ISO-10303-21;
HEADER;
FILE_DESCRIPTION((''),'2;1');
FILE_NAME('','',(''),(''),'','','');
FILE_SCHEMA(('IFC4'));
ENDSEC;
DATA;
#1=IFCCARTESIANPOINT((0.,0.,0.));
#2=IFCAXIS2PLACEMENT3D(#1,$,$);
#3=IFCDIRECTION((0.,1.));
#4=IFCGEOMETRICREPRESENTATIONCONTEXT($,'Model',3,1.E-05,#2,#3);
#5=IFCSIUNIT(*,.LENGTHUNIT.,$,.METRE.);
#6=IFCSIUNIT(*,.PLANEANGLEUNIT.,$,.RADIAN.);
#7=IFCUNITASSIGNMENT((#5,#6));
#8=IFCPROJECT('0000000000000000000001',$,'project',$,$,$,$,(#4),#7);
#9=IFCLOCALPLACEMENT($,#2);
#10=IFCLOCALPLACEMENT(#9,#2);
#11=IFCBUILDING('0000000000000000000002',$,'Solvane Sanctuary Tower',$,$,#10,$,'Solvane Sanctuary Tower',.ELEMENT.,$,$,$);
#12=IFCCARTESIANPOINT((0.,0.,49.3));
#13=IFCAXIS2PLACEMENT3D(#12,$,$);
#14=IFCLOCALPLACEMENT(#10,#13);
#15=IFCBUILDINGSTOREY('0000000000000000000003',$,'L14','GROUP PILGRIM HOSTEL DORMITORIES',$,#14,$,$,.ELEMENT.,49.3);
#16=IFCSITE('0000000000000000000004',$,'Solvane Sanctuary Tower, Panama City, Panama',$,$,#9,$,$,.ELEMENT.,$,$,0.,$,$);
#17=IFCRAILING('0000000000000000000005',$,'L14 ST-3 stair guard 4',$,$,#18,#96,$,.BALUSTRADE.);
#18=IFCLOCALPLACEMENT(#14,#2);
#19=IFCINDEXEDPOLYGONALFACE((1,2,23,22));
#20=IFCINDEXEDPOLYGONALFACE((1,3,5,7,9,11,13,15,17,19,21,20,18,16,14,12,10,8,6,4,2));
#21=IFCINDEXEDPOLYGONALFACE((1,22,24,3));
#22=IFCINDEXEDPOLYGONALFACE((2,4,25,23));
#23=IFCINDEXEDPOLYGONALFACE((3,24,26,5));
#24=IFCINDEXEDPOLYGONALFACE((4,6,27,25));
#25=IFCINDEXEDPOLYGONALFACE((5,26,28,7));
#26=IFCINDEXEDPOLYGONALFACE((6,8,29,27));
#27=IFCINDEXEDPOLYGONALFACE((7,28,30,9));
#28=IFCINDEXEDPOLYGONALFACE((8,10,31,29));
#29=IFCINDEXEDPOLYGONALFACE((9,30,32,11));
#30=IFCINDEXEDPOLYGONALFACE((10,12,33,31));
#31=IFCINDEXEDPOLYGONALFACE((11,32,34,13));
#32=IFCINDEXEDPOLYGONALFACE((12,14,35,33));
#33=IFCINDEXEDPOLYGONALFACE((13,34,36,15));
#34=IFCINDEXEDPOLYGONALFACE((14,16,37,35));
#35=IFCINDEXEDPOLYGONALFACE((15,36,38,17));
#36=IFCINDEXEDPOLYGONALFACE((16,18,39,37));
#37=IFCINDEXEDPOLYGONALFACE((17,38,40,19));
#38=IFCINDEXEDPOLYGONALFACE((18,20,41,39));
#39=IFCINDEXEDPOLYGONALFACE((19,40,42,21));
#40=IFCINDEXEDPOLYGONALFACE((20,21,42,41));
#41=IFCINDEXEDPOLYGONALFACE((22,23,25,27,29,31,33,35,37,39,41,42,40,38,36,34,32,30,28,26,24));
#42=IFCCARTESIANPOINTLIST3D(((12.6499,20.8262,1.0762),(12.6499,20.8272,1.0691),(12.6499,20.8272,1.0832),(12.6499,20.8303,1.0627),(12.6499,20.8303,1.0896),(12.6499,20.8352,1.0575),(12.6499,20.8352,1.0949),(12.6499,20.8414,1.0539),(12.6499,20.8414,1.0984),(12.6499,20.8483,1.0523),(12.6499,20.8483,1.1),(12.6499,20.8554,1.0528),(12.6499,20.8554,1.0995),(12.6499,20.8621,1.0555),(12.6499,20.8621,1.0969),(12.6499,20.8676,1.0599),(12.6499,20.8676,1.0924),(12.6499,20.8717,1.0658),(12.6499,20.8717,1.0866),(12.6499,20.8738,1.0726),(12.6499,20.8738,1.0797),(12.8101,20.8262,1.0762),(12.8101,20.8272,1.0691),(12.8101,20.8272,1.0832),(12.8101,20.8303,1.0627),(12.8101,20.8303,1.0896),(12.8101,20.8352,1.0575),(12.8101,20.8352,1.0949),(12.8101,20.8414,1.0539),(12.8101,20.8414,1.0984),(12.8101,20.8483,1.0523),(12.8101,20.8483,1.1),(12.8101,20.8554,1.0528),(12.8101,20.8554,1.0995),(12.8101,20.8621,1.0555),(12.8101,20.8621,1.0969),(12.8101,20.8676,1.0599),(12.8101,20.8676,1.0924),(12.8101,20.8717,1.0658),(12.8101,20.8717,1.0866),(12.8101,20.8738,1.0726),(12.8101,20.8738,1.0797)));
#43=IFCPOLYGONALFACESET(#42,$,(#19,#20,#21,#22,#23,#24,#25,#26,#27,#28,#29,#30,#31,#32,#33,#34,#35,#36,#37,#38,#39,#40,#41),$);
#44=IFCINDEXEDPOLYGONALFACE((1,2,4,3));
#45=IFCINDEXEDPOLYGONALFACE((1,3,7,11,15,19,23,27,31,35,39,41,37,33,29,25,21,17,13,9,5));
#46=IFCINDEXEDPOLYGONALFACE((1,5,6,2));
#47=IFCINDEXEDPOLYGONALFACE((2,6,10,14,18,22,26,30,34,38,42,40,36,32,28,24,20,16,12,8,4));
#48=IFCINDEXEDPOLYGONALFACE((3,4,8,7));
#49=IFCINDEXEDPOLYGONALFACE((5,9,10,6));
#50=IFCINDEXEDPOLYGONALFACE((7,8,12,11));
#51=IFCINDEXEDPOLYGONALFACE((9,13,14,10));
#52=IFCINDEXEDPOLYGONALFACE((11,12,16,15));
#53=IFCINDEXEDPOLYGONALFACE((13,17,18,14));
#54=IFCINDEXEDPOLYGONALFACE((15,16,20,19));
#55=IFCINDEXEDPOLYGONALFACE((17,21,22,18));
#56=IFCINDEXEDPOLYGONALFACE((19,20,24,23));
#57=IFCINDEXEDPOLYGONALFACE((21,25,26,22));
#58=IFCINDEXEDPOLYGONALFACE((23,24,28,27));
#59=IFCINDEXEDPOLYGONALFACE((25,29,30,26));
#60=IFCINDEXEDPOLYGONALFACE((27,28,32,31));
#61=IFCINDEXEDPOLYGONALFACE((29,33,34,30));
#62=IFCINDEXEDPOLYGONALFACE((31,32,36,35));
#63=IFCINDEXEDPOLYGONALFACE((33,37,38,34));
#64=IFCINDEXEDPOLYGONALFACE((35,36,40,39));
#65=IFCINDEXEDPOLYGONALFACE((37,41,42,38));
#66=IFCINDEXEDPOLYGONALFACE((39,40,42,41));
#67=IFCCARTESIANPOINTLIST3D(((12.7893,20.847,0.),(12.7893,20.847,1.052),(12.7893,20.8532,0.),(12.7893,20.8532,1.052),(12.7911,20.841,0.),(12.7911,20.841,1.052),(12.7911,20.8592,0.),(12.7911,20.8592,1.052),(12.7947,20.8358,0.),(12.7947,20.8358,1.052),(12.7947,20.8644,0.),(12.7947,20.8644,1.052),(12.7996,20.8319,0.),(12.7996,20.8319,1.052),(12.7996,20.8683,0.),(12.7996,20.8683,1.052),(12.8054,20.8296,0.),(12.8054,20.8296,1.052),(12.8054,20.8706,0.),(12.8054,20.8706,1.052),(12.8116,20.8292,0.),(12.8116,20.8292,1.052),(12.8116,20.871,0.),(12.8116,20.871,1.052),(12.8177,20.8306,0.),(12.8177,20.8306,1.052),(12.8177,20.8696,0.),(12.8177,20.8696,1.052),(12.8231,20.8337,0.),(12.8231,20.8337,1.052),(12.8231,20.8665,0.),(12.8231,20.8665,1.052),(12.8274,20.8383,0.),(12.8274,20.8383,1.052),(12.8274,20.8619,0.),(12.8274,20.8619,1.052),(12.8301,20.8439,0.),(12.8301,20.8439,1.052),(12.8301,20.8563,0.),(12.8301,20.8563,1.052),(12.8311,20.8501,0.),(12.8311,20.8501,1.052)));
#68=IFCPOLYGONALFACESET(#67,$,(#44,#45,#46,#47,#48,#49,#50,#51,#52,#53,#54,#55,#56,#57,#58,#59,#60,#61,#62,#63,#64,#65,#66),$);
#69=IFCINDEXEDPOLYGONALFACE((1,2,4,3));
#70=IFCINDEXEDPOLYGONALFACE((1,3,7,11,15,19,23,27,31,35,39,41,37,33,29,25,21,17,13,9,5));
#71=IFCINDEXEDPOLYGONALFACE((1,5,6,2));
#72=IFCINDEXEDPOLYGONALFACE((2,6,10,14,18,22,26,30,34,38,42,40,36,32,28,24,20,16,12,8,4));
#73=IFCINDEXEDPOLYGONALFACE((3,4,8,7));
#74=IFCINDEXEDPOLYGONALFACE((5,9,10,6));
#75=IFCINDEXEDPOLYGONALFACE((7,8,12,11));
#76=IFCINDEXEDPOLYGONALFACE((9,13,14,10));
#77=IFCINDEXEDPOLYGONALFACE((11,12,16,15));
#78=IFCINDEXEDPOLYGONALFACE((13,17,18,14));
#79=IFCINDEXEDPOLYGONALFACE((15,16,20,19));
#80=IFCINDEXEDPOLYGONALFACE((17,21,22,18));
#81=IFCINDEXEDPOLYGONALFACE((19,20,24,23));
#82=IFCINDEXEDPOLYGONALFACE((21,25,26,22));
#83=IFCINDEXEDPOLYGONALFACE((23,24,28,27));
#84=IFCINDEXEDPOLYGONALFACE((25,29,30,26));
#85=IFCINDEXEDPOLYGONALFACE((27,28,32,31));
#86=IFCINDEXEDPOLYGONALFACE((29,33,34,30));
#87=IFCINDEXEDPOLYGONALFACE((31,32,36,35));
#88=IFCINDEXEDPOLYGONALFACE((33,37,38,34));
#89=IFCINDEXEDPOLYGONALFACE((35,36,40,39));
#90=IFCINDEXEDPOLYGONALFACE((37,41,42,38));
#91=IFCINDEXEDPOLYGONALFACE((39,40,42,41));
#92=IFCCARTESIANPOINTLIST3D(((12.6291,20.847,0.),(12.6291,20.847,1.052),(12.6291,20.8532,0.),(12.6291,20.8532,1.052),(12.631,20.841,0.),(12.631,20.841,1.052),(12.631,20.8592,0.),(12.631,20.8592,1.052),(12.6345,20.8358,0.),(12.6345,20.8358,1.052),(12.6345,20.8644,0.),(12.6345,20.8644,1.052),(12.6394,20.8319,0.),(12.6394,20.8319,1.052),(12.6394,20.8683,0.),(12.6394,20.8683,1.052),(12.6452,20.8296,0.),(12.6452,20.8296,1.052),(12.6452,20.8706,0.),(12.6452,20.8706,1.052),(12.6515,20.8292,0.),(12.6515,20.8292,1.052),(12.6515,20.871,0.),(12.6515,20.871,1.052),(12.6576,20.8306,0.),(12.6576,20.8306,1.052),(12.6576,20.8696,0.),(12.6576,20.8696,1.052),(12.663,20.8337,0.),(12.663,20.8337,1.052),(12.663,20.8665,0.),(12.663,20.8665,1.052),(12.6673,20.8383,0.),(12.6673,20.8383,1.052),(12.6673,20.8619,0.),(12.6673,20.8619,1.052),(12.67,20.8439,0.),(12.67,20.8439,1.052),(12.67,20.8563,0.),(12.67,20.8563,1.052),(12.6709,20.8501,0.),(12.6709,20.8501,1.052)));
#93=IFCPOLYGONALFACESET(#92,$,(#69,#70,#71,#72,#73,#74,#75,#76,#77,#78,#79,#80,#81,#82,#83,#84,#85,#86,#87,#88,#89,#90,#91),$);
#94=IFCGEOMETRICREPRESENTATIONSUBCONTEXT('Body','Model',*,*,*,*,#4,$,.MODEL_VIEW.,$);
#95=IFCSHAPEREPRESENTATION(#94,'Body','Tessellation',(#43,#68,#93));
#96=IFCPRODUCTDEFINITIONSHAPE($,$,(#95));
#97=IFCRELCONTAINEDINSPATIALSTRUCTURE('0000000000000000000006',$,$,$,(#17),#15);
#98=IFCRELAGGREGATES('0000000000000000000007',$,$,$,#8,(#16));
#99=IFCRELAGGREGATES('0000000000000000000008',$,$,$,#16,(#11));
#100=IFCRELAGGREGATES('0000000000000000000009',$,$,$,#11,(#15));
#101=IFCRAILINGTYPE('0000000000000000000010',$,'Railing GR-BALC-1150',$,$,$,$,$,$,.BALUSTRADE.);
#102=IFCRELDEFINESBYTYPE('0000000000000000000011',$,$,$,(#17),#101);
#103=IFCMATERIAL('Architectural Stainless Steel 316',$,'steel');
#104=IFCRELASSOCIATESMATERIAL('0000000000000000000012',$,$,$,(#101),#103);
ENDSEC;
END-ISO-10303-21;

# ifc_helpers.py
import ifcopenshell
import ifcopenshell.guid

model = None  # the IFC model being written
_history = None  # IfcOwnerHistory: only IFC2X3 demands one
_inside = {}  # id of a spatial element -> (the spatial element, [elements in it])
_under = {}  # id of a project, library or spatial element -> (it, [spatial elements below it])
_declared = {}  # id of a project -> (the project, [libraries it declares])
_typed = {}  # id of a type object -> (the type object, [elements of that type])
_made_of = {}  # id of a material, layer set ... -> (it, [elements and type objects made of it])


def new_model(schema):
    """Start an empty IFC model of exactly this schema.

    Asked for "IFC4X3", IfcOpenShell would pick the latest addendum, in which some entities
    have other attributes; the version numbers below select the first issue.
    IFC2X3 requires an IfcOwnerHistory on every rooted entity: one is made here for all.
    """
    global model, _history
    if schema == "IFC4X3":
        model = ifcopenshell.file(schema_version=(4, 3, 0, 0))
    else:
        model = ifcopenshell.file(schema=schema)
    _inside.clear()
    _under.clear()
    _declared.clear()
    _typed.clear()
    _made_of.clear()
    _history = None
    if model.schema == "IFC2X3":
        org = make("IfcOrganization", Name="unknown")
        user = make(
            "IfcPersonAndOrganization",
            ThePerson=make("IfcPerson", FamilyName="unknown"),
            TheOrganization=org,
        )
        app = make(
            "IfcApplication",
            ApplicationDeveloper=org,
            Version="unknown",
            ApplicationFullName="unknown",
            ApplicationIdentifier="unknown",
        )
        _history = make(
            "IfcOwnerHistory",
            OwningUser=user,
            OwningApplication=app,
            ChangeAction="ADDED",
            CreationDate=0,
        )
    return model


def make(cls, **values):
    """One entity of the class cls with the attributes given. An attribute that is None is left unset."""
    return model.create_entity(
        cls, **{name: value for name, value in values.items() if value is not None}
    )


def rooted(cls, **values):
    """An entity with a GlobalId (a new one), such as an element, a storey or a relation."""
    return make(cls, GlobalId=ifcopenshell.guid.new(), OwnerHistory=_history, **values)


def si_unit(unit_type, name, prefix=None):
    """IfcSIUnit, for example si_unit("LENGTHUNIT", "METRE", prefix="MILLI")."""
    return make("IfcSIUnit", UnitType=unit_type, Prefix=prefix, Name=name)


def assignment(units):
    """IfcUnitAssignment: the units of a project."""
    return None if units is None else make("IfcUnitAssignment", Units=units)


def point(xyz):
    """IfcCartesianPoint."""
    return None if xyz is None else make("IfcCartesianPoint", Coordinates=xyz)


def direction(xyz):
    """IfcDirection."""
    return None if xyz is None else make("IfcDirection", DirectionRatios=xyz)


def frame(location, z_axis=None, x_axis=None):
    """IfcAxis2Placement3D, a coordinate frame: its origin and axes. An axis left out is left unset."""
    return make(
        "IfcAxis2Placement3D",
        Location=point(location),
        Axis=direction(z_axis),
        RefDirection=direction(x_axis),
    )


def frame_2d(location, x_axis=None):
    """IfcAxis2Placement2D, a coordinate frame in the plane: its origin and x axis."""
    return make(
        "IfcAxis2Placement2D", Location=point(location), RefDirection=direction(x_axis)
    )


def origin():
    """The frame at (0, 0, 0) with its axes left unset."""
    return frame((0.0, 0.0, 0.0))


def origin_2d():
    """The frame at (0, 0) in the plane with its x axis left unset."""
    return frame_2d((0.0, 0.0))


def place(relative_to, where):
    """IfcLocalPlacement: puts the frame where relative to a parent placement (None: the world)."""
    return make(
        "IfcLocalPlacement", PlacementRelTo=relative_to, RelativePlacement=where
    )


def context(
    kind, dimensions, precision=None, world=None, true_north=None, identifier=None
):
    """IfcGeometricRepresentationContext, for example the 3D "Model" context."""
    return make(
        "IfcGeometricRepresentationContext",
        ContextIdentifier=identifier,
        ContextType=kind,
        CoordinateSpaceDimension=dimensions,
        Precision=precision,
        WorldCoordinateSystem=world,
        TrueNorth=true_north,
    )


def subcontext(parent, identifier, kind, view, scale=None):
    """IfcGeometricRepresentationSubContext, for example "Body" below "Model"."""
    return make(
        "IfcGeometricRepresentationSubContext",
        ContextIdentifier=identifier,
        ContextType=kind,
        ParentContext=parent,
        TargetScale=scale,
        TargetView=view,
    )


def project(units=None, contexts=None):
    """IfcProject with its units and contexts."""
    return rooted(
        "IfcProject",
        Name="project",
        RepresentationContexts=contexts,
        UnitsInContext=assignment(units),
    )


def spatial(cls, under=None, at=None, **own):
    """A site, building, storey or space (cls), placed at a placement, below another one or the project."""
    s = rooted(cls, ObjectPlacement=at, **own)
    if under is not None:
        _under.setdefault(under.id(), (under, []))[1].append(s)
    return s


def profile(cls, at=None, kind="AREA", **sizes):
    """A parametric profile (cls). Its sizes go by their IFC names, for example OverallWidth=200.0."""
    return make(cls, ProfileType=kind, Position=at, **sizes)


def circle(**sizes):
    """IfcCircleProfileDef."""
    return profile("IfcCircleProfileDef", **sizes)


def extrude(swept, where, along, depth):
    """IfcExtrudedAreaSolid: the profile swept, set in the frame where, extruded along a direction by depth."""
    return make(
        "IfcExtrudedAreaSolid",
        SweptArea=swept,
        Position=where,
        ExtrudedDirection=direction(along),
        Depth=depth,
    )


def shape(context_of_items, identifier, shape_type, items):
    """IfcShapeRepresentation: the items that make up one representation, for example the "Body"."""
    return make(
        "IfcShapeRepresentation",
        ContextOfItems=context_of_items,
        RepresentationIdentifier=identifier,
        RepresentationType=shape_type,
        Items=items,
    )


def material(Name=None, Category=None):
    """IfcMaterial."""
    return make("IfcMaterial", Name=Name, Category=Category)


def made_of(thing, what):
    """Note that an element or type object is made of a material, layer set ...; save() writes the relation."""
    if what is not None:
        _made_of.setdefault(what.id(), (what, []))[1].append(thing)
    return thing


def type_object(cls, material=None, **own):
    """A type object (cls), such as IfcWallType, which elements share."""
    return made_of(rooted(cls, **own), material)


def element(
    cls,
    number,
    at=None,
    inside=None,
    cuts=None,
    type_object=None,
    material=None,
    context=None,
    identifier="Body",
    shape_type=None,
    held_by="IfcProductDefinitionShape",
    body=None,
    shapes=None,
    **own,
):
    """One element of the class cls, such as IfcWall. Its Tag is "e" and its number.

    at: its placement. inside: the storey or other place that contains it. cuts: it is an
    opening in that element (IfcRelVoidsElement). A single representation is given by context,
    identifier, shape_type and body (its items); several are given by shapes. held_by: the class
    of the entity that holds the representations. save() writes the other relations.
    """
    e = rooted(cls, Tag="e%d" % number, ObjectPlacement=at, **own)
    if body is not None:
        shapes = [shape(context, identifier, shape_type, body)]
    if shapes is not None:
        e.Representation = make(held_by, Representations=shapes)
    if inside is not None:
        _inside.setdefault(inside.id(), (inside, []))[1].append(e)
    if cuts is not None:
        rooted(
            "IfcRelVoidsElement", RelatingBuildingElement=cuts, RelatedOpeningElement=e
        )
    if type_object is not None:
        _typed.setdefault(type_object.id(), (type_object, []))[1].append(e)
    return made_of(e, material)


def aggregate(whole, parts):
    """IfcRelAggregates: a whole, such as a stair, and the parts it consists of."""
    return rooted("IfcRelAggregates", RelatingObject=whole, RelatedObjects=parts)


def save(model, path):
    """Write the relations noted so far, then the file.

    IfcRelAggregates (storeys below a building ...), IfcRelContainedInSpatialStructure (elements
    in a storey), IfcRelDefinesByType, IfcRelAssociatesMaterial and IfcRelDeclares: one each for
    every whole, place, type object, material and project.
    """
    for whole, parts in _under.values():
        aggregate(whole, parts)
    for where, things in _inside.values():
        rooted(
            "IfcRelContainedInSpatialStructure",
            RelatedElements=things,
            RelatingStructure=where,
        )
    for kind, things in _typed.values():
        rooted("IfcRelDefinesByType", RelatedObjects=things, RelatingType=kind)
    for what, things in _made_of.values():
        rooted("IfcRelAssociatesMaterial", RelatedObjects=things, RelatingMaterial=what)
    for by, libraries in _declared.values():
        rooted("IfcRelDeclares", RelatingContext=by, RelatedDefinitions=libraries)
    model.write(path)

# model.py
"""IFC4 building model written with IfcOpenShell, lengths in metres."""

from ifc_helpers import new_model, si_unit, direction, frame, origin, origin_2d, place, context, subcontext, project, spatial, circle, extrude, material, type_object, element, save


model = new_model("IFC4")

# Units and contexts
model_context = context("Model", 3, precision=1e-05, world=origin(), true_north=direction((0.0, 1.0)))
body_context = subcontext(model_context, "Body", "Model", "MODEL_VIEW")
ifc_project = project(units=[si_unit("LENGTHUNIT", "METRE"), si_unit("PLANEANGLEUNIT", "RADIAN")], contexts=[model_context])

# Site, building, storey
site_placement = place(None, origin())
site = spatial("IfcSite", under=ifc_project, at=site_placement, Name="Solvane Sanctuary Tower, Panama City, Panama", CompositionType="ELEMENT", RefElevation=0.0)
building_placement = place(site_placement, origin())
building = spatial("IfcBuilding", under=site, at=building_placement, Name="Solvane Sanctuary Tower", LongName="Solvane Sanctuary Tower", CompositionType="ELEMENT")
storey_placement = place(building_placement, frame((0.0, 0.0, 49.3)))
storey = spatial("IfcBuildingStorey", under=building, at=storey_placement, Name="L14", Description="GROUP PILGRIM HOSTEL DORMITORIES", CompositionType="ELEMENT", Elevation=49.3)

# Railing
ifc_material_1 = material(Name="Architectural Stainless Steel 316", Category="steel")
railing_type_1 = type_object("IfcRailingType", Name="Railing GR-BALC-1150", PredefinedType="BALUSTRADE", material=ifc_material_1)
railing_1_placement = place(storey_placement, frame((12.8101, 20.8501, 0.0)))
element("IfcRailing", 1, at=railing_1_placement, inside=storey, type_object=railing_type_1, Name="L14 ST-3 stair guard 4", PredefinedType="BALUSTRADE", context=body_context, shape_type="SweptSolid", body=[
    extrude(circle(Radius=0.0239, at=origin_2d()), frame((0.0, 0.0, 1.0762), z_axis=(-1.0, 0.0, 0.0), x_axis=(0.0, -1.0, 0.0)), (0.0, 0.0, 1.0), 0.1602),
    extrude(circle(Radius=0.021, at=origin_2d()), origin(), (0.0, 0.0, 1.0), 1.052),
    extrude(circle(Radius=0.021, at=origin_2d()), frame((-0.1602, 0.0, 0.0)), (0.0, 0.0, 1.0), 1.052),
])

save(model, "model.ifc")
